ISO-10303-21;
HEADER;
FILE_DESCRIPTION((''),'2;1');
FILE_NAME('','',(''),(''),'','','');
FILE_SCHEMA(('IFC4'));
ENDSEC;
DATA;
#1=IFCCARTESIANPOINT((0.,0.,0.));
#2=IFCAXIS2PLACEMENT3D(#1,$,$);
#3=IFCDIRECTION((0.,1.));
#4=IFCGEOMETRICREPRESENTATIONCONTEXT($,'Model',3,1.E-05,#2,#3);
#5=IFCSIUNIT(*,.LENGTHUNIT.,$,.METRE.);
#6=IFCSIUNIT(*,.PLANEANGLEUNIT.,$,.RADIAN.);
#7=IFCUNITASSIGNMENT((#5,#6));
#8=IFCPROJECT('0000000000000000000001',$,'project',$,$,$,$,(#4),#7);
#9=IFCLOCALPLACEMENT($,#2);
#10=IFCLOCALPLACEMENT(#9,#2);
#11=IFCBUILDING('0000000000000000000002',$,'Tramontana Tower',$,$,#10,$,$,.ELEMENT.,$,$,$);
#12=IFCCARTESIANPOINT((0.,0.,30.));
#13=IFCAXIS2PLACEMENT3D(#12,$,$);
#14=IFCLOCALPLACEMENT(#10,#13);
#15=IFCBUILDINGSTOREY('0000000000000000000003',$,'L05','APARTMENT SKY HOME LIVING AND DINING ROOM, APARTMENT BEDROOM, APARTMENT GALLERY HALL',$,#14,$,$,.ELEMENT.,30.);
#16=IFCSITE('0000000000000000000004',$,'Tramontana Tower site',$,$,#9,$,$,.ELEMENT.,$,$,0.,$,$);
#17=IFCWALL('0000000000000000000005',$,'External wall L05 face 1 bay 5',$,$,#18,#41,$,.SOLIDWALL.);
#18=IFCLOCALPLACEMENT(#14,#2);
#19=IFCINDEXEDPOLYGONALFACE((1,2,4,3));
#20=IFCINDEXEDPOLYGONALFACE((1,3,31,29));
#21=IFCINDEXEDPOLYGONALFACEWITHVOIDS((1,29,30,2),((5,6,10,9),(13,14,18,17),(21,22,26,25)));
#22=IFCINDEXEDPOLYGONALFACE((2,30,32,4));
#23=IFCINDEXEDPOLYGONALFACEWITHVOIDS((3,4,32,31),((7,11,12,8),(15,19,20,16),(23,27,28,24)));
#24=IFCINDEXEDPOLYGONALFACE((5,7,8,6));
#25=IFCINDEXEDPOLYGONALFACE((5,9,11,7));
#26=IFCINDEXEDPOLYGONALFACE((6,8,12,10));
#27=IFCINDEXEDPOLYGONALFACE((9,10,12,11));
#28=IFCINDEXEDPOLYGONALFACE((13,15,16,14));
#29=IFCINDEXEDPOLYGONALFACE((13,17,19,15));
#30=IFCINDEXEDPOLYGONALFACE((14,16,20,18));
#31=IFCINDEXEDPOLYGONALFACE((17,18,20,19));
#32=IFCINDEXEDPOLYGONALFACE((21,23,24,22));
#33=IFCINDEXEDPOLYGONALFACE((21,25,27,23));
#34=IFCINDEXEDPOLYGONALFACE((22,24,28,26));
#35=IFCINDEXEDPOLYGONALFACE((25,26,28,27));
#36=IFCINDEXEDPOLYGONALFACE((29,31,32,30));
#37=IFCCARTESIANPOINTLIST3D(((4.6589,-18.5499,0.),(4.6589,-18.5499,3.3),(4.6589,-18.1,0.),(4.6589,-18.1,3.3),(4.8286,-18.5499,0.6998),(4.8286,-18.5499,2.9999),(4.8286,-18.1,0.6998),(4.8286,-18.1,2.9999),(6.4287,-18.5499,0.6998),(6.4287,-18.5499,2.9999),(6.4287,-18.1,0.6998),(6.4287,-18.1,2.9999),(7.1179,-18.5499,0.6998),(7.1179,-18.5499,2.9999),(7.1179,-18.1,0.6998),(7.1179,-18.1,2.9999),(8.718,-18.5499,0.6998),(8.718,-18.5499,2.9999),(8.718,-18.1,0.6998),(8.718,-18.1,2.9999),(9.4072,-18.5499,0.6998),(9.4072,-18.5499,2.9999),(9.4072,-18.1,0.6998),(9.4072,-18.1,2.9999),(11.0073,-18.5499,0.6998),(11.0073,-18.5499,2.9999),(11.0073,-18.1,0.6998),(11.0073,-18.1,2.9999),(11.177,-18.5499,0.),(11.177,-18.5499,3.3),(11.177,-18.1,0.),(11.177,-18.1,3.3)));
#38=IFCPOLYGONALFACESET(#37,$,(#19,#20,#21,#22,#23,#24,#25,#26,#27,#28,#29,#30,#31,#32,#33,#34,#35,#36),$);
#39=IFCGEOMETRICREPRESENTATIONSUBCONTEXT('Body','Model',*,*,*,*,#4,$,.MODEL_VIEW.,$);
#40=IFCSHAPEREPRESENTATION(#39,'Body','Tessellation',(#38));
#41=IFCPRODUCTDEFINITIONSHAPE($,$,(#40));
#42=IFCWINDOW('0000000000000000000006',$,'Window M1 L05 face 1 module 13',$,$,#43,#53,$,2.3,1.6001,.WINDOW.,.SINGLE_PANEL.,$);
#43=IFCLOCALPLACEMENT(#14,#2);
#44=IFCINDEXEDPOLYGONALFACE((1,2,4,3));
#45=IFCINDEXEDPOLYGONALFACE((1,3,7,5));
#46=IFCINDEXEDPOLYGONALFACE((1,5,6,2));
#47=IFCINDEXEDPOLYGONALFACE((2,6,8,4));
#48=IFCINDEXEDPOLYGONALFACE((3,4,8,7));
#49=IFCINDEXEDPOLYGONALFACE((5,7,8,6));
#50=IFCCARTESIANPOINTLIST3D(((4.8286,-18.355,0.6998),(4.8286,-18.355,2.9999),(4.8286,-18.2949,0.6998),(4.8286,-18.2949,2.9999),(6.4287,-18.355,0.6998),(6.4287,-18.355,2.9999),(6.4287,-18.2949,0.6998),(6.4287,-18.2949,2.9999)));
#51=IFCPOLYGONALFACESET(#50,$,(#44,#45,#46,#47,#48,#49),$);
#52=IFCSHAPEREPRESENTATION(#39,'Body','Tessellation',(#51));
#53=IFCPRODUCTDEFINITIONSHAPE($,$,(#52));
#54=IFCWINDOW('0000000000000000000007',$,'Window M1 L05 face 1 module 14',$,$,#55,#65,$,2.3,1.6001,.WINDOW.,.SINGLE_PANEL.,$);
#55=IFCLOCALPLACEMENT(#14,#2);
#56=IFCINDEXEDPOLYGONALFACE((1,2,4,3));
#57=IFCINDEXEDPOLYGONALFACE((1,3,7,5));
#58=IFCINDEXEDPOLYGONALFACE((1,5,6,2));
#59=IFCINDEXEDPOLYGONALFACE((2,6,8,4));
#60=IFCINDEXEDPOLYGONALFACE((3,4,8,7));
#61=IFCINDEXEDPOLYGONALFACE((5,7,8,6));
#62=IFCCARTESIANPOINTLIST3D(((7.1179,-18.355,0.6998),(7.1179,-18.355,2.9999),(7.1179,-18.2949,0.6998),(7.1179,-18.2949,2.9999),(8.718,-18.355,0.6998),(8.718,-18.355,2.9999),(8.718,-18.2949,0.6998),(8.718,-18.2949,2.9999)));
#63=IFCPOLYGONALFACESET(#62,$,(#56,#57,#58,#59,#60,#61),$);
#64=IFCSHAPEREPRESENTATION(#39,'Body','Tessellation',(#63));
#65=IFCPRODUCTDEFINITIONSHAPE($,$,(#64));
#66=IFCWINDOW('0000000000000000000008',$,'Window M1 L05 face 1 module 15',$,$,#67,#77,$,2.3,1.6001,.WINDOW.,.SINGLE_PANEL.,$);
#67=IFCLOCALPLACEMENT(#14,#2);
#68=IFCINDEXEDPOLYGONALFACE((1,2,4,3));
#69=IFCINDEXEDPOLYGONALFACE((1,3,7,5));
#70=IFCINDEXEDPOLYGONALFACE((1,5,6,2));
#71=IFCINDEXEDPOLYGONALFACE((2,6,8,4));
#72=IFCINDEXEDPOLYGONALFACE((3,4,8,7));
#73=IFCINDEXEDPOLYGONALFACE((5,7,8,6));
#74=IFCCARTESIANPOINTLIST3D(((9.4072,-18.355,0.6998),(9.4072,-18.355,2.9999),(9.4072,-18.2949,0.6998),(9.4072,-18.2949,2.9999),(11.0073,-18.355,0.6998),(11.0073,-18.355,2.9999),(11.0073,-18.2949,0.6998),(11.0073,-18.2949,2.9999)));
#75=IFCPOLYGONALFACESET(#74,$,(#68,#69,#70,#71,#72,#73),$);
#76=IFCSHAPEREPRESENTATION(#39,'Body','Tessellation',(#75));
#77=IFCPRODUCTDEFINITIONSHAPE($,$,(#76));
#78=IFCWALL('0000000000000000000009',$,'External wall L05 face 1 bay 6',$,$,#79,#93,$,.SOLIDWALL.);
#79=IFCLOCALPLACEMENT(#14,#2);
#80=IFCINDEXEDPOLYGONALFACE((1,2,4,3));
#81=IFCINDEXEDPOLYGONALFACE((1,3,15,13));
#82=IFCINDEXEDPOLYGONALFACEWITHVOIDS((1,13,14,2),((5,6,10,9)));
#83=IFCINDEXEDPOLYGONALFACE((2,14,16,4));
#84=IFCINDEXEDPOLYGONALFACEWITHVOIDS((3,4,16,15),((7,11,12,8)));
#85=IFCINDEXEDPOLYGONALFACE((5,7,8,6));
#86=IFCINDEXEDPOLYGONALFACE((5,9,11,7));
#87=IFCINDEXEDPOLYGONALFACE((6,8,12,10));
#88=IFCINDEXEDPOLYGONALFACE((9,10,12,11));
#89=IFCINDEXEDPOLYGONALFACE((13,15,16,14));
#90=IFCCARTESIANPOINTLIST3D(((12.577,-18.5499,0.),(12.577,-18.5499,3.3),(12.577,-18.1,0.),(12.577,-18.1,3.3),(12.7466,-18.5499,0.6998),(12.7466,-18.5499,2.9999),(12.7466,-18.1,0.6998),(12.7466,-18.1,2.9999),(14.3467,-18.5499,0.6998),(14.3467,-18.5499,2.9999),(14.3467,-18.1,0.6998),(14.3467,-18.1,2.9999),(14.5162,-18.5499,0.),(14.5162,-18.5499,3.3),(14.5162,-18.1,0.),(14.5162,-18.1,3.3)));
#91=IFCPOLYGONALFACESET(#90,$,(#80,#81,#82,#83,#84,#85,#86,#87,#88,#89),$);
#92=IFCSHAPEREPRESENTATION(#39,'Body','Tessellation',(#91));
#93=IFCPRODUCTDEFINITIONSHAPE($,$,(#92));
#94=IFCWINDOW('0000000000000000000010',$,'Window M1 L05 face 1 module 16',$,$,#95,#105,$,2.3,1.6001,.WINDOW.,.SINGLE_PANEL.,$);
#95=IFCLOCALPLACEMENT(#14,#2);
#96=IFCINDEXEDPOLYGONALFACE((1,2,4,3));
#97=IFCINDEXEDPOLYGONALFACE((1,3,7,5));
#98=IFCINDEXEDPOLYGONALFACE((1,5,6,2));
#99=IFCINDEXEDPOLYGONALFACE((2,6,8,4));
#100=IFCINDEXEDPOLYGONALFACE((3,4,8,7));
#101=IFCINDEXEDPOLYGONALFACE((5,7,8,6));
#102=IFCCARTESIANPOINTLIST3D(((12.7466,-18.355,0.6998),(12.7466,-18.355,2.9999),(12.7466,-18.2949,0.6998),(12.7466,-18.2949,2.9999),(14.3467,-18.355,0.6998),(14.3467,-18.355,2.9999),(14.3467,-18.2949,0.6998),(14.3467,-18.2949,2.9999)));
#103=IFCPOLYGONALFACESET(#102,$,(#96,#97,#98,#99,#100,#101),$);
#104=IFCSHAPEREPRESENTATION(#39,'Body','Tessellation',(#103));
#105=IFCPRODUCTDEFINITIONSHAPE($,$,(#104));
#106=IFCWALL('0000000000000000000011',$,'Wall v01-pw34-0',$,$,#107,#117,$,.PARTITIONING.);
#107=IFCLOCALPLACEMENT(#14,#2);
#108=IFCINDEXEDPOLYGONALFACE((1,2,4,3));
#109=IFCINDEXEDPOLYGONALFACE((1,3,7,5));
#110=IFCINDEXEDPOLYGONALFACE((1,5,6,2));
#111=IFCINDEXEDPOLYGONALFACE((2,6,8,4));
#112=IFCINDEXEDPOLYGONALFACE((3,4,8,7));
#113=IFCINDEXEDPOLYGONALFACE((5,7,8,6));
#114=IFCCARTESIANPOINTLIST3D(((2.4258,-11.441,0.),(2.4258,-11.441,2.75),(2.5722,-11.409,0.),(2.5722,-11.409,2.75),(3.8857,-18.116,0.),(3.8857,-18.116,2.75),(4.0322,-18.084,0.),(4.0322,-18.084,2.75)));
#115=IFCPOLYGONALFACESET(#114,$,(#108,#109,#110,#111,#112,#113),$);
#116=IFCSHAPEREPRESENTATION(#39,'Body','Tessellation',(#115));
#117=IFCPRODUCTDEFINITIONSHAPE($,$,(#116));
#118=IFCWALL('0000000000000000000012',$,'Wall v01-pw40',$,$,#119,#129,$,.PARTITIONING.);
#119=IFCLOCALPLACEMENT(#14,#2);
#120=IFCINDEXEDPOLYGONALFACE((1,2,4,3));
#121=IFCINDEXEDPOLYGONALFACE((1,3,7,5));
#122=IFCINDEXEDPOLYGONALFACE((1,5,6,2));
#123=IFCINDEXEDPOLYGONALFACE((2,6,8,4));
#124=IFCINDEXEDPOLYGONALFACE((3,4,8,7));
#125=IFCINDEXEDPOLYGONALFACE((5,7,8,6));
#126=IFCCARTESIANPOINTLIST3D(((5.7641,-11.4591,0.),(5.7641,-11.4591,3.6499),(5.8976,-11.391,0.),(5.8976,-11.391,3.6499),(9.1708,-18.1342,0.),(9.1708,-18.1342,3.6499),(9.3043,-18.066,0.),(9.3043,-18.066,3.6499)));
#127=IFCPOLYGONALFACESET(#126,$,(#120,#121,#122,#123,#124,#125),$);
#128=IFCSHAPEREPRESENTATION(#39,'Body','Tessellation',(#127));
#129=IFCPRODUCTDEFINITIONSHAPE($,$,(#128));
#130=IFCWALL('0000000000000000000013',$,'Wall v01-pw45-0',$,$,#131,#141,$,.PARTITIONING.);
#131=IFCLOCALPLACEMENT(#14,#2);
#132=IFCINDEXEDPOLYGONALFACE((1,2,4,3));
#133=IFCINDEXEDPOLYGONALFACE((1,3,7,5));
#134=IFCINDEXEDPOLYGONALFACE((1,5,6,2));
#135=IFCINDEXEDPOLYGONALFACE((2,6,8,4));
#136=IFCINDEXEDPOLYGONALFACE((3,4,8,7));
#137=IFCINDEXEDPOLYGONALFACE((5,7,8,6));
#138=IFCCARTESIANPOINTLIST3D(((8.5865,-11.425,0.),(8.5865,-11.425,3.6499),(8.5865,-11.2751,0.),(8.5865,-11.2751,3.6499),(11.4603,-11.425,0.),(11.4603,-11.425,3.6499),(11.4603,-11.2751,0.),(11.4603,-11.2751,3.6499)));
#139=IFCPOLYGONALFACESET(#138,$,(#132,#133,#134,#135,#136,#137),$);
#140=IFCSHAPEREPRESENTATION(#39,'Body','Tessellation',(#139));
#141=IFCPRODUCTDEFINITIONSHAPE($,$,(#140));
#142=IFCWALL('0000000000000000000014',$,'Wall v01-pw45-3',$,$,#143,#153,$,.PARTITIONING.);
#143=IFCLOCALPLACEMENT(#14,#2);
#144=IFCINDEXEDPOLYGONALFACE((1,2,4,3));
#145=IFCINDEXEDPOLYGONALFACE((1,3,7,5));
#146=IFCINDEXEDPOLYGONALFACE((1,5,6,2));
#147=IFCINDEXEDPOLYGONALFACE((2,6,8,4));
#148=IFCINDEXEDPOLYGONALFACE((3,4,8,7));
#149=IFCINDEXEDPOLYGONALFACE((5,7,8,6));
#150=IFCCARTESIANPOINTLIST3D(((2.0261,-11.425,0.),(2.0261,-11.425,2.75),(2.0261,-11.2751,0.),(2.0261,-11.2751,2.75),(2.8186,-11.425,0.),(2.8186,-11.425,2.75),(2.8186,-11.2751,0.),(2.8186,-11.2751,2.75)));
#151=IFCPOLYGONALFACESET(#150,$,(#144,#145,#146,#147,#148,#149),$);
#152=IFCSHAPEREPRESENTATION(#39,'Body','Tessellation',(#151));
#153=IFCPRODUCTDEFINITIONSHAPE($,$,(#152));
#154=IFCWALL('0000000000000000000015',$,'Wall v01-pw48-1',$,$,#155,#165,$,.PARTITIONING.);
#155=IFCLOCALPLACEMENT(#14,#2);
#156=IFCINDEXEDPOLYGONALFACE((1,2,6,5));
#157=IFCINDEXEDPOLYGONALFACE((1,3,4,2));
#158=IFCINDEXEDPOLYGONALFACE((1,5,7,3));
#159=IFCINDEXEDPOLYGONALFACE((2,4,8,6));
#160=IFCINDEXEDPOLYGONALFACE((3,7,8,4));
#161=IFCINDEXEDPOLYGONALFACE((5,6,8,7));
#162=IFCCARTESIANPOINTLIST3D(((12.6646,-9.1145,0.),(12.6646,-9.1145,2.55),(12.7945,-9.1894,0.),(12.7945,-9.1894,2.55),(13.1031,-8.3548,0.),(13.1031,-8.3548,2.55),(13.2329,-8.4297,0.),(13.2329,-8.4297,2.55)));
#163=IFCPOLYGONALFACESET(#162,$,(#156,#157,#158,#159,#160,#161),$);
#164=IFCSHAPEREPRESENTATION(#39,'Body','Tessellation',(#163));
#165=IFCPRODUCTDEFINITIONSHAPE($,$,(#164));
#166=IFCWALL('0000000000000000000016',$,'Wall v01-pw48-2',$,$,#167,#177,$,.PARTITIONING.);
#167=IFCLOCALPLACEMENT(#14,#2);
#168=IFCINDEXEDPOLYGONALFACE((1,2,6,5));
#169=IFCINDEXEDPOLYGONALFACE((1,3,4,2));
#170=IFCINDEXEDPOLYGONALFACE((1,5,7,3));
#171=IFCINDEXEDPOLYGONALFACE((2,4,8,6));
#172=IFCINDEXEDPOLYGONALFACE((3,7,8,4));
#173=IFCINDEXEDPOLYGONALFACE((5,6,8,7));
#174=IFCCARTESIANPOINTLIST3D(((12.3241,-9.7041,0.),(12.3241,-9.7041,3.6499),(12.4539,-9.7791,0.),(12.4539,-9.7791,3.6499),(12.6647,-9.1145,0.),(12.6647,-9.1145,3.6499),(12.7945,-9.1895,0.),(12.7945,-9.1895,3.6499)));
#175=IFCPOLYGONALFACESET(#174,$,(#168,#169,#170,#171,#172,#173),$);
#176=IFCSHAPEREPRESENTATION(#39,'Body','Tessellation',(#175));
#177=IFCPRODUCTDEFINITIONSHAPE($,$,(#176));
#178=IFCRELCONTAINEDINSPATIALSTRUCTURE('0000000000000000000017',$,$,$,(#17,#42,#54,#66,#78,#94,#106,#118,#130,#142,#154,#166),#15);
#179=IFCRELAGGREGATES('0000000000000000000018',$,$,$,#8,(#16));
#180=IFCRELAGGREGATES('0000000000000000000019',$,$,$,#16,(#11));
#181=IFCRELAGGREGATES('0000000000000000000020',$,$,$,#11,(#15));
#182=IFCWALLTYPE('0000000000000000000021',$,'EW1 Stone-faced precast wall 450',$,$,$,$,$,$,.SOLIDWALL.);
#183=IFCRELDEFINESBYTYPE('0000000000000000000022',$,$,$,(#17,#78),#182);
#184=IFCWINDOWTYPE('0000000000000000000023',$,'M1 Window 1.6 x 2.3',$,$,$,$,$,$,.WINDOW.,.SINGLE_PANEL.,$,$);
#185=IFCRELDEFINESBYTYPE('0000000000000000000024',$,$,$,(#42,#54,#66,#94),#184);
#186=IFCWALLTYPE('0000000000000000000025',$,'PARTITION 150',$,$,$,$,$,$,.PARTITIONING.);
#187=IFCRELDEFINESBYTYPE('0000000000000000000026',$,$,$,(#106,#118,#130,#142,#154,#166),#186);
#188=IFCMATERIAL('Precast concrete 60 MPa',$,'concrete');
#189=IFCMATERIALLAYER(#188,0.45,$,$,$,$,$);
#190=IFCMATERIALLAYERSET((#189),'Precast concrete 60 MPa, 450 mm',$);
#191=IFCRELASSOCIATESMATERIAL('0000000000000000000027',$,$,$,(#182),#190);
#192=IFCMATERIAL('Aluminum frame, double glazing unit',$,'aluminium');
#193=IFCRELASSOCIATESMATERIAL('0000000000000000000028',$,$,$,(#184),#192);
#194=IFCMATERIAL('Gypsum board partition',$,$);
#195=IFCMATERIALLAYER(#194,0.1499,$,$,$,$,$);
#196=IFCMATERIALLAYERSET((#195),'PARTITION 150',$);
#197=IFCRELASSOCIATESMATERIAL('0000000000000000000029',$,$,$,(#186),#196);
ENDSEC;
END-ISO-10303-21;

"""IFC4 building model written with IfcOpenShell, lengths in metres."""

from ifc_helpers import new_model, si_unit, direction, frame, frame_2d, origin, place, context, subcontext, project, spatial, rectangle, extrude, material, layer, layer_set, type_object, element, fill, save


model = new_model("IFC4")

# Units and contexts
model_context = context("Model", 3, precision=1e-05, world=origin(), true_north=direction((0.0, 1.0)))
body_context = subcontext(model_context, "Body", "Model", "MODEL_VIEW")
ifc_project = project(units=[si_unit("LENGTHUNIT", "METRE"), si_unit("PLANEANGLEUNIT", "RADIAN")], contexts=[model_context])

# Site, building, storey
site_placement = place(None, origin())
site = spatial("IfcSite", under=ifc_project, at=site_placement, Name="Tramontana Tower site", CompositionType="ELEMENT", RefElevation=0.0)
building_placement = place(site_placement, origin())
building = spatial("IfcBuilding", under=site, at=building_placement, Name="Tramontana Tower", CompositionType="ELEMENT")
storey_placement = place(building_placement, frame((0.0, 0.0, 30.0)))
storey = spatial("IfcBuildingStorey", under=building, at=storey_placement, Name="L05", Description="APARTMENT SKY HOME LIVING AND DINING ROOM, APARTMENT BEDROOM, APARTMENT GALLERY HALL", CompositionType="ELEMENT", Elevation=30.0)

# Wall, openings, windows
ifc_material_1 = material(Name="Precast concrete 60 MPa", Category="concrete")
ifc_layer_1 = layer(ifc_material_1, 0.45)
ifc_layer_set_1 = layer_set([ifc_layer_1], Name="Precast concrete 60 MPa, 450 mm")
wall_type_1 = type_object("IfcWallType", Name="EW1 Stone-faced precast wall 450", PredefinedType="SOLIDWALL", material=ifc_layer_set_1)
wall_1_placement = place(storey_placement, frame((4.6589, -18.325, 0.0), z_axis=(0.0, 0.0, 1.0), x_axis=(1.0, 0.0, 0.0)))
wall_1 = element("IfcWall", 1, at=wall_1_placement, inside=storey, type_object=wall_type_1, Name="External wall L05 face 1 bay 5", PredefinedType="SOLIDWALL", context=body_context, shape_type="SweptSolid", body=[
    extrude(rectangle(XDim=6.5181, YDim=0.45, at=frame_2d((3.259, 0.0))), origin(), (0.0, 0.0, 1.0), 3.3),
])
opening_1_placement = place(wall_1_placement, frame((0.1697, 0.0, 0.7)))
opening_1 = element("IfcOpeningElement", 2, at=opening_1_placement, cuts=wall_1, PredefinedType="OPENING", context=body_context, shape_type="SweptSolid", body=[
    extrude(rectangle(XDim=1.6001, YDim=2.3, at=frame_2d((0.8, 1.1499))), frame((0.0, 0.2349, 0.0), z_axis=(0.0, -1.0, 0.0), x_axis=(1.0, 0.0, 0.0)), (0.0, 0.0, 1.0), 0.47),
])
opening_2_placement = place(wall_1_placement, frame((2.459, 0.0, 0.7)))
opening_2 = element("IfcOpeningElement", 3, at=opening_2_placement, cuts=wall_1, PredefinedType="OPENING", context=body_context, shape_type="SweptSolid", body=[
    extrude(rectangle(XDim=1.6001, YDim=2.3, at=frame_2d((0.8, 1.1499))), frame((0.0, 0.2349, 0.0), z_axis=(0.0, -1.0, 0.0), x_axis=(1.0, 0.0, 0.0)), (0.0, 0.0, 1.0), 0.47),
])
opening_3_placement = place(wall_1_placement, frame((4.7483, 0.0, 0.7)))
opening_3 = element("IfcOpeningElement", 4, at=opening_3_placement, cuts=wall_1, PredefinedType="OPENING", context=body_context, shape_type="SweptSolid", body=[
    extrude(rectangle(XDim=1.6001, YDim=2.3, at=frame_2d((0.8, 1.1499))), frame((0.0, 0.2349, 0.0), z_axis=(0.0, -1.0, 0.0), x_axis=(1.0, 0.0, 0.0)), (0.0, 0.0, 1.0), 0.47),
])
ifc_material_2 = material(Name="Aluminum frame, double glazing unit", Category="aluminium")
window_type = type_object("IfcWindowType", Name="M1 Window 1.6 x 2.3", PartitioningType="SINGLE_PANEL", PredefinedType="WINDOW", material=ifc_material_2)
window_1_placement = place(opening_1_placement, origin())
window_1 = element("IfcWindow", 5, at=window_1_placement, inside=storey, type_object=window_type, Name="Window M1 L05 face 1 module 13", OverallHeight=2.3, OverallWidth=1.6001, PartitioningType="SINGLE_PANEL", PredefinedType="WINDOW", context=body_context, shape_type="SweptSolid", body=[
    extrude(rectangle(XDim=1.6001, YDim=2.3, at=frame_2d((0.8, 1.1499))), frame((0.0, 0.03, 0.0), z_axis=(0.0, -1.0, 0.0), x_axis=(1.0, 0.0, 0.0)), (0.0, 0.0, 1.0), 0.0601),
])
fill(opening_1, window_1)
window_2_placement = place(opening_2_placement, origin())
window_2 = element("IfcWindow", 6, at=window_2_placement, inside=storey, type_object=window_type, Name="Window M1 L05 face 1 module 14", OverallHeight=2.3, OverallWidth=1.6001, PartitioningType="SINGLE_PANEL", PredefinedType="WINDOW", context=body_context, shape_type="SweptSolid", body=[
    extrude(rectangle(XDim=1.6001, YDim=2.3, at=frame_2d((0.8, 1.1499))), frame((0.0, 0.03, 0.0), z_axis=(0.0, -1.0, 0.0), x_axis=(1.0, 0.0, 0.0)), (0.0, 0.0, 1.0), 0.0601),
])
fill(opening_2, window_2)
window_3_placement = place(opening_3_placement, origin())
window_3 = element("IfcWindow", 7, at=window_3_placement, inside=storey, type_object=window_type, Name="Window M1 L05 face 1 module 15", OverallHeight=2.3, OverallWidth=1.6001, PartitioningType="SINGLE_PANEL", PredefinedType="WINDOW", context=body_context, shape_type="SweptSolid", body=[
    extrude(rectangle(XDim=1.6001, YDim=2.3, at=frame_2d((0.8, 1.1499))), frame((0.0, 0.03, 0.0), z_axis=(0.0, -1.0, 0.0), x_axis=(1.0, 0.0, 0.0)), (0.0, 0.0, 1.0), 0.0601),
])
fill(opening_3, window_3)

# Wall, opening, window
wall_2_placement = place(storey_placement, frame((12.5769, -18.325, 0.0), z_axis=(0.0, 0.0, 1.0), x_axis=(1.0, 0.0, 0.0)))
wall_2 = element("IfcWall", 8, at=wall_2_placement, inside=storey, type_object=wall_type_1, Name="External wall L05 face 1 bay 6", PredefinedType="SOLIDWALL", context=body_context, shape_type="SweptSolid", body=[
    extrude(rectangle(XDim=1.9392, YDim=0.45, at=frame_2d((0.9697, 0.0))), origin(), (0.0, 0.0, 1.0), 3.3),
])
opening_4_placement = place(wall_2_placement, frame((0.1697, 0.0, 0.7)))
opening_4 = element("IfcOpeningElement", 9, at=opening_4_placement, cuts=wall_2, PredefinedType="OPENING", context=body_context, shape_type="SweptSolid", body=[
    extrude(rectangle(XDim=1.6001, YDim=2.3, at=frame_2d((0.8, 1.1499))), frame((0.0, 0.2349, 0.0), z_axis=(0.0, -1.0, 0.0), x_axis=(1.0, 0.0, 0.0)), (0.0, 0.0, 1.0), 0.47),
])
window_4_placement = place(opening_4_placement, origin())
window_4 = element("IfcWindow", 10, at=window_4_placement, inside=storey, type_object=window_type, Name="Window M1 L05 face 1 module 16", OverallHeight=2.3, OverallWidth=1.6001, PartitioningType="SINGLE_PANEL", PredefinedType="WINDOW", context=body_context, shape_type="SweptSolid", body=[
    extrude(rectangle(XDim=1.6001, YDim=2.3, at=frame_2d((0.8, 1.1499))), frame((0.0, 0.03, 0.0), z_axis=(0.0, -1.0, 0.0), x_axis=(1.0, 0.0, 0.0)), (0.0, 0.0, 1.0), 0.0601),
])
fill(opening_4, window_4)

# Walls
ifc_material_3 = material(Name="Gypsum board partition")
ifc_layer_2 = layer(ifc_material_3, 0.1499)
ifc_layer_set_2 = layer_set([ifc_layer_2], Name="PARTITION 150")
wall_type_2 = type_object("IfcWallType", Name="PARTITION 150", PredefinedType="PARTITIONING", material=ifc_layer_set_2)
wall_3_placement = place(storey_placement, frame((3.959, -18.1001, 0.0), z_axis=(0.0, 0.0, 1.0), x_axis=(-0.213668, 0.976906, 0.0)))
element("IfcWall", 11, at=wall_3_placement, inside=storey, type_object=wall_type_2, Name="Wall v01-pw34-0", PredefinedType="PARTITIONING", context=body_context, shape_type="SweptSolid", body=[
    extrude(rectangle(XDim=6.8328, YDim=0.1499, at=frame_2d((3.4165, 0.0))), origin(), (0.0, 0.0, 1.0), 2.75),
])
wall_4_placement = place(storey_placement, frame((9.2375, -18.1001, 0.0), z_axis=(0.0, 0.0, 1.0), x_axis=(-0.454587, 0.890702, 0.0)))
element("IfcWall", 12, at=wall_4_placement, inside=storey, type_object=wall_type_2, Name="Wall v01-pw40", PredefinedType="PARTITIONING", context=body_context, shape_type="SweptSolid", body=[
    extrude(rectangle(XDim=7.4941, YDim=0.1499, at=frame_2d((3.7471, 0.0))), origin(), (0.0, 0.0, 1.0), 3.6499),
])
wall_5_placement = place(storey_placement, frame((11.4604, -11.3501, 0.0), z_axis=(0.0, 0.0, 1.0), x_axis=(-1.0, 0.0, 0.0)))
element("IfcWall", 13, at=wall_5_placement, inside=storey, type_object=wall_type_2, Name="Wall v01-pw45-0", PredefinedType="PARTITIONING", context=body_context, shape_type="SweptSolid", body=[
    extrude(rectangle(XDim=2.8738, YDim=0.1499, at=frame_2d((1.437, 0.0))), origin(), (0.0, 0.0, 1.0), 3.6499),
])

# Wall
wall_6_placement = place(storey_placement, frame((2.8186, -11.3501, 0.0), z_axis=(0.0, 0.0, 1.0), x_axis=(-1.0, 0.0, 0.0)))
element("IfcWall", 14, at=wall_6_placement, inside=storey, type_object=wall_type_2, Name="Wall v01-pw45-3", PredefinedType="PARTITIONING", context=body_context, shape_type="SweptSolid", body=[
    extrude(rectangle(XDim=0.7925, YDim=0.1499, at=frame_2d((0.3962, 0.0))), origin(), (0.0, 0.0, 1.0), 2.75),
])

# Walls
wall_7_placement = place(storey_placement, frame((13.168, -8.3923, 0.0), z_axis=(0.0, 0.0, 1.0), x_axis=(-0.499851, -0.866111, 0.0)))
element("IfcWall", 15, at=wall_7_placement, inside=storey, type_object=wall_type_2, Name="Wall v01-pw48-1", PredefinedType="PARTITIONING", context=body_context, shape_type="SweptSolid", body=[
    extrude(rectangle(XDim=0.8772, YDim=0.1499, at=frame_2d((0.4385, 0.0))), origin(), (0.0, 0.0, 1.0), 2.55),
])
wall_8_placement = place(storey_placement, frame((12.7295, -9.1521, 0.0), z_axis=(0.0, 0.0, 1.0), x_axis=(-0.500188, -0.865917, 0.0)))
element("IfcWall", 16, at=wall_8_placement, inside=storey, type_object=wall_type_2, Name="Wall v01-pw48-2", PredefinedType="PARTITIONING", context=body_context, shape_type="SweptSolid", body=[
    extrude(rectangle(XDim=0.6809, YDim=0.1499, at=frame_2d((0.3403, 0.0))), origin(), (0.0, 0.0, 1.0), 3.6499),
])

save(model, "model.ifc")
